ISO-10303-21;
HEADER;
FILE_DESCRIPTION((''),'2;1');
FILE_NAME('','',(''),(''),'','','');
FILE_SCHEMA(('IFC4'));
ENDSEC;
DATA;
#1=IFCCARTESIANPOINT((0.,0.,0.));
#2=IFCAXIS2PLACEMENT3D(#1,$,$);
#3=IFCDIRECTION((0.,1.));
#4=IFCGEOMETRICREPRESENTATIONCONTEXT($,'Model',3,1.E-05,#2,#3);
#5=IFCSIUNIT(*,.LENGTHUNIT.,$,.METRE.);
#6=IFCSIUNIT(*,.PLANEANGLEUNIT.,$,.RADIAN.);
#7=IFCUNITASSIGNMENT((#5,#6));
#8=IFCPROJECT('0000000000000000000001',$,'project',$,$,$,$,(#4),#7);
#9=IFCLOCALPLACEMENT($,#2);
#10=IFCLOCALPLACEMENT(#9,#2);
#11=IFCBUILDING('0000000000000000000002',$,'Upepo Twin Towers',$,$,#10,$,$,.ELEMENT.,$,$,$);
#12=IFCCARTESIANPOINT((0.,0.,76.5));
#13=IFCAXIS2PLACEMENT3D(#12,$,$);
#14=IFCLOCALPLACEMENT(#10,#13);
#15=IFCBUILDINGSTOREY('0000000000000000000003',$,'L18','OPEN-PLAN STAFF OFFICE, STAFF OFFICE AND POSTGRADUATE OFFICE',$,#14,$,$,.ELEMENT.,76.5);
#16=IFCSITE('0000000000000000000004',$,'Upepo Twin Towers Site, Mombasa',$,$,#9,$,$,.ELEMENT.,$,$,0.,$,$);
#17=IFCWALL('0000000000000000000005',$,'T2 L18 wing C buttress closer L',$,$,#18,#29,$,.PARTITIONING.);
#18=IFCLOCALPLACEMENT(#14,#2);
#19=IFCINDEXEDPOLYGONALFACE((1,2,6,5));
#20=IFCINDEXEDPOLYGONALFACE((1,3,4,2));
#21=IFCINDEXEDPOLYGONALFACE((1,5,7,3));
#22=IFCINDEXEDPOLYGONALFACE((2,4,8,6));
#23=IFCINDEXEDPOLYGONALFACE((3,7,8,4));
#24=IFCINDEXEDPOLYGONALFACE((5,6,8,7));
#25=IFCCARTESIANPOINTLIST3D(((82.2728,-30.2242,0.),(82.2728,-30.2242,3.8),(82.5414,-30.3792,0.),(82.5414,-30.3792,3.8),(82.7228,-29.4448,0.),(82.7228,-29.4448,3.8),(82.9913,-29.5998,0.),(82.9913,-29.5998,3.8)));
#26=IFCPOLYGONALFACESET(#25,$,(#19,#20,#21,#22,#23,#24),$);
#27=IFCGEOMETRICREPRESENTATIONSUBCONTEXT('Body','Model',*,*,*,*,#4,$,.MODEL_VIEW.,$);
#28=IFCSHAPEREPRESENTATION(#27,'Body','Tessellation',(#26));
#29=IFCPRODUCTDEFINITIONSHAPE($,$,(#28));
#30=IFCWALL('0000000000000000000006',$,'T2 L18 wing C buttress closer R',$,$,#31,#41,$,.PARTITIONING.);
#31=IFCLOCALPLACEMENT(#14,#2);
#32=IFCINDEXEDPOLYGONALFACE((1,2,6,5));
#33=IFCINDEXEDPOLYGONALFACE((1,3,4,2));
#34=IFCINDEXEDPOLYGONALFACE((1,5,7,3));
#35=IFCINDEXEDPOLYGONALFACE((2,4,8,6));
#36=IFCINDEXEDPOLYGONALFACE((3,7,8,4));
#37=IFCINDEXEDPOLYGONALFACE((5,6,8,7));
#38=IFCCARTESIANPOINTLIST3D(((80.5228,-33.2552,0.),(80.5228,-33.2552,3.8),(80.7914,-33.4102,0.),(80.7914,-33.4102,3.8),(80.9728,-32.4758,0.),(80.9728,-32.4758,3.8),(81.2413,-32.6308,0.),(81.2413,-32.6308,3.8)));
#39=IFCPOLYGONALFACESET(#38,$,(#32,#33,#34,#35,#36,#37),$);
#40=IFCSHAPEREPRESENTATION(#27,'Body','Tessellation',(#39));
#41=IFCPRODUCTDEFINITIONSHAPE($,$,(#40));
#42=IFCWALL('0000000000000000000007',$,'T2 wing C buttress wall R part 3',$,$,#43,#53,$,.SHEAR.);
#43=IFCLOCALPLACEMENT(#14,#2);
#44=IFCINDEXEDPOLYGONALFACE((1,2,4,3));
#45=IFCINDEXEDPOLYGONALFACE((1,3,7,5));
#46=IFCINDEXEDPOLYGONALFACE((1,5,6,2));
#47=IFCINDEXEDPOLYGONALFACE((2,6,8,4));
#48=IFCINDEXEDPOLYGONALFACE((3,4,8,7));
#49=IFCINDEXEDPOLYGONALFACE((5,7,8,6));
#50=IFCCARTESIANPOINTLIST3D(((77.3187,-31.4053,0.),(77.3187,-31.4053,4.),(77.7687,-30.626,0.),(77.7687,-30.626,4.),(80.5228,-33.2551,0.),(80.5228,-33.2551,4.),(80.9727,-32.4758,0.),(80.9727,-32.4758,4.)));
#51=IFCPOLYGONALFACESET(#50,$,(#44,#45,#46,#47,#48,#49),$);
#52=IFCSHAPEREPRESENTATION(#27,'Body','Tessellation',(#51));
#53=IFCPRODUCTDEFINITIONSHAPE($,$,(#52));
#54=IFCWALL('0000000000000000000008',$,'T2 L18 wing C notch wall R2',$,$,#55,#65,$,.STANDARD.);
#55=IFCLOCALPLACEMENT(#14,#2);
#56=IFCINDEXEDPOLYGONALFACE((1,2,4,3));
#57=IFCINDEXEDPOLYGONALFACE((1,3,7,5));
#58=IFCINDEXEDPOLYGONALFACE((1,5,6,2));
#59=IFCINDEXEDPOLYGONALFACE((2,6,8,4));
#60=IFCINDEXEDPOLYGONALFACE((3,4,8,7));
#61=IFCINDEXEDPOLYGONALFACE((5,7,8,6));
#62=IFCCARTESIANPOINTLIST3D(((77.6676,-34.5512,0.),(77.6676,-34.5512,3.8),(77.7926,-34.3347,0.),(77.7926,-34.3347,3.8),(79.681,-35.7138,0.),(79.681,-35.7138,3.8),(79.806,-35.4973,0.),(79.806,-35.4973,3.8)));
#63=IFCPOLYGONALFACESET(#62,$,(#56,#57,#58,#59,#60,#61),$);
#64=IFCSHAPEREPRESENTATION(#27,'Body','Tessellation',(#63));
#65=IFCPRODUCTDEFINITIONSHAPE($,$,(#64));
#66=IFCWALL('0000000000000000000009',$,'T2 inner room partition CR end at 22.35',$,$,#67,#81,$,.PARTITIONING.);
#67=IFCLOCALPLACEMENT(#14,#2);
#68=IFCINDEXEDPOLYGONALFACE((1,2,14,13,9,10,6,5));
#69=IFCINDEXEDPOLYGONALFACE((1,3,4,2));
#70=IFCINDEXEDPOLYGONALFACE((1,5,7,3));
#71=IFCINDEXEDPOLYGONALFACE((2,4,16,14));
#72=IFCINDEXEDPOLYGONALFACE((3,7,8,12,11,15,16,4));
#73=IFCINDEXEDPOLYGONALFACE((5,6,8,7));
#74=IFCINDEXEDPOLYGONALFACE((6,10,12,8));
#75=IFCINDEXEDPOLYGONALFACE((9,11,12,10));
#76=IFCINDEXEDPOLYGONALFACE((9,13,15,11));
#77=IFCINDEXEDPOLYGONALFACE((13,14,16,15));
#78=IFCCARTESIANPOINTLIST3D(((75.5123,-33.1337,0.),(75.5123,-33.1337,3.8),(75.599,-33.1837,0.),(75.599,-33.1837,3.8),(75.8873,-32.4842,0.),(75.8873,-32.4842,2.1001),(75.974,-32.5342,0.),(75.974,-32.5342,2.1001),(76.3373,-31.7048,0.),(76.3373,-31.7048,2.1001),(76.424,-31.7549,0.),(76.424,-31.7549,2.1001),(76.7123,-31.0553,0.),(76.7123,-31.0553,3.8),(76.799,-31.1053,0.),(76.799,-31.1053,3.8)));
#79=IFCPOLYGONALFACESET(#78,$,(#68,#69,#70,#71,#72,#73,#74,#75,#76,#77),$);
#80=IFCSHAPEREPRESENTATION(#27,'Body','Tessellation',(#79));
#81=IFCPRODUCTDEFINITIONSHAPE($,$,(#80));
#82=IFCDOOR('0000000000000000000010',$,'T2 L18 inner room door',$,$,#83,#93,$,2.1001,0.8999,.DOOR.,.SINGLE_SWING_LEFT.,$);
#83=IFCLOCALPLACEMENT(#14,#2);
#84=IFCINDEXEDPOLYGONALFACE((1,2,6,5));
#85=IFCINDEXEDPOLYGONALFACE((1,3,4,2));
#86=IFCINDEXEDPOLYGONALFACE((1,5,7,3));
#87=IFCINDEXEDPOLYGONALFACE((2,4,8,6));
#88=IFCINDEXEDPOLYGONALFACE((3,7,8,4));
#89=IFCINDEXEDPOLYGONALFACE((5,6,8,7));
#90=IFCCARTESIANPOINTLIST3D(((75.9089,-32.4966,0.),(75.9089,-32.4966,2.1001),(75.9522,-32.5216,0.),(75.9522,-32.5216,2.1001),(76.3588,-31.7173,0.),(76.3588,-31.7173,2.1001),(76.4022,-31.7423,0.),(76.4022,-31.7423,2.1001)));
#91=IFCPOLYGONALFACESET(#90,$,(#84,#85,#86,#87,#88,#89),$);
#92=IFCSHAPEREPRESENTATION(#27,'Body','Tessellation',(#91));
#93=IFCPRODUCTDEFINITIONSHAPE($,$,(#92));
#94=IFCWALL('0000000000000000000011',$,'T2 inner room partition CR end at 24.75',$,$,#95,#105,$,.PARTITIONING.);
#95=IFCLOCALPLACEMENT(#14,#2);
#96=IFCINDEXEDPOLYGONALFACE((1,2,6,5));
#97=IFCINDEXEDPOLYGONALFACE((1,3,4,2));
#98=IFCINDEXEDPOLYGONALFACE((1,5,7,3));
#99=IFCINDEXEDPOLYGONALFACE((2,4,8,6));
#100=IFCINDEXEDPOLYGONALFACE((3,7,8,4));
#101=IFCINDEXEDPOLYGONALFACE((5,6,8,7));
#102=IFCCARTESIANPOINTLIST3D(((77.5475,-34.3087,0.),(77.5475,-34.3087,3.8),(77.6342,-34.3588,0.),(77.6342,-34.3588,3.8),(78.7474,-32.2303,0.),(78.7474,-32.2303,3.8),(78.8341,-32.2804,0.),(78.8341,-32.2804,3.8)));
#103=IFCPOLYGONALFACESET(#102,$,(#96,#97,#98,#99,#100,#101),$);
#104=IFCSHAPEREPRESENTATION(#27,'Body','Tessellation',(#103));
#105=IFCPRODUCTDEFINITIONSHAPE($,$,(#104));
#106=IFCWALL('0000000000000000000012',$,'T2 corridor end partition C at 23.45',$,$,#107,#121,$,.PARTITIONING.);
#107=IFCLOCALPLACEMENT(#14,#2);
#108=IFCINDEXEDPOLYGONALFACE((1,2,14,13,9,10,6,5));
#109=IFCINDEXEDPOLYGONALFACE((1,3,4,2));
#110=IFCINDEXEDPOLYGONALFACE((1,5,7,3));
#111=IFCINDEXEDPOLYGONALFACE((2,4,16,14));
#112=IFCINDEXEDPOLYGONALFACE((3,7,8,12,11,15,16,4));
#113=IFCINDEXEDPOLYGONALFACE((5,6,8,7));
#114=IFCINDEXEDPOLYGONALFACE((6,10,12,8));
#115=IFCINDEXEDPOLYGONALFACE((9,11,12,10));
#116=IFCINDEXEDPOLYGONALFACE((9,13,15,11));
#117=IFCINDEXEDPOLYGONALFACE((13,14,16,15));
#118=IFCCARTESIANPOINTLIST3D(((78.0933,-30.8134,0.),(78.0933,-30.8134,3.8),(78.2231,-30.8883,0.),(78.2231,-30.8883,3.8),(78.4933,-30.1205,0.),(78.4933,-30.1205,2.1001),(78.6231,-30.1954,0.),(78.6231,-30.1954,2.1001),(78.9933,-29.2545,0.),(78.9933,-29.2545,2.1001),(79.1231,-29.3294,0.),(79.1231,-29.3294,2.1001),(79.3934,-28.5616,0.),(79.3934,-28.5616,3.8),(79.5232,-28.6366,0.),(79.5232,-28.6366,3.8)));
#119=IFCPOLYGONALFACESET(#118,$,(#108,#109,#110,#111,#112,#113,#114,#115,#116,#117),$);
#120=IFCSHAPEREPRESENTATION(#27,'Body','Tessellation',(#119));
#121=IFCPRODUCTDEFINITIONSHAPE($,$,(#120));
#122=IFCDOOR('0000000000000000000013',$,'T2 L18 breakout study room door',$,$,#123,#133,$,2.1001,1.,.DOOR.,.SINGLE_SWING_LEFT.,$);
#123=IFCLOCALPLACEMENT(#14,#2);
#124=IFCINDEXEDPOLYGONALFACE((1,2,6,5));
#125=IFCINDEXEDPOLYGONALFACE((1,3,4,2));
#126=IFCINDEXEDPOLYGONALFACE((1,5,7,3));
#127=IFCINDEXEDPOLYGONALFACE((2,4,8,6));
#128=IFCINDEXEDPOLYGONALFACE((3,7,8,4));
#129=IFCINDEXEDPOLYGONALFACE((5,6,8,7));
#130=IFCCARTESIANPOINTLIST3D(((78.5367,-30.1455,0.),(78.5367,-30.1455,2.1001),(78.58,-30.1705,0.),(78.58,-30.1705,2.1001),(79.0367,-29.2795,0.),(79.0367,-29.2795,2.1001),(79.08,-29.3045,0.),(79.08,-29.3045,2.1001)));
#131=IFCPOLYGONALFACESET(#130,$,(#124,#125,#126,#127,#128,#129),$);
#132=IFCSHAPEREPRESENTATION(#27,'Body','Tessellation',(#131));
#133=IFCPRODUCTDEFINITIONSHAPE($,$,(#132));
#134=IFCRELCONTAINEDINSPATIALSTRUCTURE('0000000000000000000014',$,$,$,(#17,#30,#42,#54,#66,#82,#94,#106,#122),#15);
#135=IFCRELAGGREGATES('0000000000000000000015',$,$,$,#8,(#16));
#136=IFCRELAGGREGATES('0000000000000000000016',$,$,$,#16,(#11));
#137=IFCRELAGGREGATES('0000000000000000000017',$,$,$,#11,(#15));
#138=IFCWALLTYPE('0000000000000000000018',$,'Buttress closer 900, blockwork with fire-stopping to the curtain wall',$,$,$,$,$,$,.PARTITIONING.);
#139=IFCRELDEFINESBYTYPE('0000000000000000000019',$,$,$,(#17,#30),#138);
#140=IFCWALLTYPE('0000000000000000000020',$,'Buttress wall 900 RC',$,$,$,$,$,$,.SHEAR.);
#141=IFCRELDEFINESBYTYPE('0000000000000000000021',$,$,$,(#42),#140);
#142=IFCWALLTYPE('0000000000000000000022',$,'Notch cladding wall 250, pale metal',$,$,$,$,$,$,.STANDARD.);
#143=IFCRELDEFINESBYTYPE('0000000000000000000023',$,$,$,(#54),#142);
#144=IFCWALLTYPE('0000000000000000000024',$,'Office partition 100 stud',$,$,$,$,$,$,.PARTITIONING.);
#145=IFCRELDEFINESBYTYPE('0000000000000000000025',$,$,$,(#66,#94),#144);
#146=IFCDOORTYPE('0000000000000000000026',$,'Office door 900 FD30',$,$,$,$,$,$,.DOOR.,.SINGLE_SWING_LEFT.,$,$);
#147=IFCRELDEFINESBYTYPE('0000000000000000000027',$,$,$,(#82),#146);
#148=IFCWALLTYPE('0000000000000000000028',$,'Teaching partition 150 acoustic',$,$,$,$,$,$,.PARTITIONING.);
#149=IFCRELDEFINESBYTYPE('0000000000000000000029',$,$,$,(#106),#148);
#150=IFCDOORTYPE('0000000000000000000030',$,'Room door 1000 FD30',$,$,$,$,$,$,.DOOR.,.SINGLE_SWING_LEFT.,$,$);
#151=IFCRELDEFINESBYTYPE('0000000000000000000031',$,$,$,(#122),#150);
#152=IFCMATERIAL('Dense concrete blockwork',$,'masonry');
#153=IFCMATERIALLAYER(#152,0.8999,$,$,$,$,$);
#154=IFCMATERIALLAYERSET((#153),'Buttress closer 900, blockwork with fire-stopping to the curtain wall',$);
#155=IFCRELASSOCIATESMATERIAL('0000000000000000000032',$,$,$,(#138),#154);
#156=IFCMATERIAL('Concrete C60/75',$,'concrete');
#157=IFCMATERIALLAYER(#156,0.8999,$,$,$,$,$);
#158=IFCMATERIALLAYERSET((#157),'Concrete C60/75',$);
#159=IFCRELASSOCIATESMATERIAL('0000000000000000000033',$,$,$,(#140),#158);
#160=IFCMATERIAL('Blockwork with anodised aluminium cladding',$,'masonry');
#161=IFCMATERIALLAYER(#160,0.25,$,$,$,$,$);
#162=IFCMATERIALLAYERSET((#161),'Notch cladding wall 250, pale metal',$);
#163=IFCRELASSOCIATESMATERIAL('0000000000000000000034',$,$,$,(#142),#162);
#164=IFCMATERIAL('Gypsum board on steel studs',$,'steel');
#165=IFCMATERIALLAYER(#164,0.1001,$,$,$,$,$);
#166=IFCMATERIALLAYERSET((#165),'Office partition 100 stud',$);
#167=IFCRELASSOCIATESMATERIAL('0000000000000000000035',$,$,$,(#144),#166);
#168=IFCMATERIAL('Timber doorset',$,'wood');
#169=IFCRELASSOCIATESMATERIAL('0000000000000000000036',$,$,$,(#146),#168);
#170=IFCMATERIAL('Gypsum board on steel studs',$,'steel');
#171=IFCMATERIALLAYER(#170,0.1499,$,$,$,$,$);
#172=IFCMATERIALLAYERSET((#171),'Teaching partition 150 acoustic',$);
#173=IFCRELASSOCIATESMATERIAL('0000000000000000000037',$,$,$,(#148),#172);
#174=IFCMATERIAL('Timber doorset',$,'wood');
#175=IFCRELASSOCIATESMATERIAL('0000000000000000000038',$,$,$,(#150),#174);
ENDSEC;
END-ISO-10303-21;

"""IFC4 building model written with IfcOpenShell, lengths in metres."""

from ifc_helpers import new_model, si_unit, direction, frame, frame_2d, origin, place, context, subcontext, project, spatial, rectangle, extrude, material, layer, layer_set, type_object, element, fill, save


model = new_model("IFC4")

# Units and contexts
model_context = context("Model", 3, precision=1e-05, world=origin(), true_north=direction((0.0, 1.0)))
body_context = subcontext(model_context, "Body", "Model", "MODEL_VIEW")
ifc_project = project(units=[si_unit("LENGTHUNIT", "METRE"), si_unit("PLANEANGLEUNIT", "RADIAN")], contexts=[model_context])

# Site, building, storey
site_placement = place(None, origin())
site = spatial("IfcSite", under=ifc_project, at=site_placement, Name="Upepo Twin Towers Site, Mombasa", CompositionType="ELEMENT", RefElevation=0.0)
building_placement = place(site_placement, origin())
building = spatial("IfcBuilding", under=site, at=building_placement, Name="Upepo Twin Towers", CompositionType="ELEMENT")
storey_placement = place(building_placement, frame((0.0, 0.0, 76.5)))
storey = spatial("IfcBuildingStorey", under=building, at=storey_placement, Name="L18", Description="OPEN-PLAN STAFF OFFICE, STAFF OFFICE AND POSTGRADUATE OFFICE", CompositionType="ELEMENT", Elevation=76.5)

# Walls
ifc_material_1 = material(Name="Dense concrete blockwork", Category="masonry")
ifc_layer_1 = layer(ifc_material_1, 0.8999)
ifc_layer_set_1 = layer_set([ifc_layer_1], Name="Buttress closer 900, blockwork with fire-stopping to the curtain wall")
wall_type_1 = type_object("IfcWallType", Name="Buttress closer 900, blockwork with fire-stopping to the curtain wall", PredefinedType="PARTITIONING", material=ifc_layer_set_1)
for number, where, z_axis, x_axis, name in (
    (1, (82.4978, -29.8345, 0.0), (0.0, 0.0, 1.0), (0.866054, -0.49995, 0.0), "T2 L18 wing C buttress closer L"),
    (2, (80.7478, -32.8655, 0.0), (0.0, 0.0, 1.0), (0.866054, -0.49995, 0.0), "T2 L18 wing C buttress closer R"),
):
    element("IfcWall", number, at=place(storey_placement, frame(where, z_axis=z_axis, x_axis=x_axis)), inside=storey, type_object=wall_type_1, Name=name, PredefinedType="PARTITIONING", context=body_context, shape_type="SweptSolid", body=[
        extrude(rectangle(XDim=0.3101, YDim=0.8999, at=frame_2d((0.155, 0.0))), origin(), (0.0, 0.0, 1.0), 3.8),
    ])
ifc_material_2 = material(Name="Concrete C60/75", Category="concrete")
ifc_layer_2 = layer(ifc_material_2, 0.8999)
ifc_layer_set_2 = layer_set([ifc_layer_2], Name="Concrete C60/75")
wall_type_2 = type_object("IfcWallType", Name="Buttress wall 900 RC", PredefinedType="SHEAR", material=ifc_layer_set_2)
wall_1_placement = place(storey_placement, frame((77.5437, -31.0156, 0.0), z_axis=(0.0, 0.0, 1.0), x_axis=(0.86603, -0.499993, 0.0)))
element("IfcWall", 3, at=wall_1_placement, inside=storey, type_object=wall_type_2, Name="T2 wing C buttress wall R part 3", PredefinedType="SHEAR", context=body_context, shape_type="SweptSolid", body=[
    extrude(rectangle(XDim=3.6997, YDim=0.8999, at=frame_2d((1.8499, 0.0))), origin(), (0.0, 0.0, 1.0), 4.0),
])
ifc_material_3 = material(Name="Blockwork with anodised aluminium cladding", Category="masonry")
ifc_layer_3 = layer(ifc_material_3, 0.25)
ifc_layer_set_3 = layer_set([ifc_layer_3], Name="Notch cladding wall 250, pale metal")
wall_type_3 = type_object("IfcWallType", Name="Notch cladding wall 250, pale metal", PredefinedType="STANDARD", material=ifc_layer_set_3)
wall_2_placement = place(storey_placement, frame((77.73, -34.4429, 0.0), z_axis=(0.0, 0.0, 1.0), x_axis=(0.865998, -0.500047, 0.0)))
element("IfcWall", 4, at=wall_2_placement, inside=storey, type_object=wall_type_3, Name="T2 L18 wing C notch wall R2", PredefinedType="STANDARD", context=body_context, shape_type="SweptSolid", body=[
    extrude(rectangle(XDim=2.325, YDim=0.25, at=frame_2d((1.1626, 0.0))), origin(), (0.0, 0.0, 1.0), 3.8),
])

# Wall, opening, door
ifc_material_4 = material(Name="Gypsum board on steel studs", Category="steel")
ifc_layer_4 = layer(ifc_material_4, 0.1001)
ifc_layer_set_4 = layer_set([ifc_layer_4], Name="Office partition 100 stud")
wall_type_4 = type_object("IfcWallType", Name="Office partition 100 stud", PredefinedType="PARTITIONING", material=ifc_layer_set_4)
wall_3_placement = place(storey_placement, frame((76.7556, -31.0803, 0.0), z_axis=(0.0, 0.0, 1.0), x_axis=(-0.500001, -0.866025, 0.0)))
wall_3 = element("IfcWall", 5, at=wall_3_placement, inside=storey, type_object=wall_type_4, Name="T2 inner room partition CR end at 22.35", PredefinedType="PARTITIONING", context=body_context, shape_type="SweptSolid", body=[
    extrude(rectangle(XDim=2.3999, YDim=0.1001, at=frame_2d((1.2, 0.0))), origin(), (0.0, 0.0, 1.0), 3.8),
])
opening_1_placement = place(wall_3_placement, frame((0.75, 0.0, 0.0)))
opening_1 = element("IfcOpeningElement", 6, at=opening_1_placement, cuts=wall_3, PredefinedType="OPENING", context=body_context, shape_type="SweptSolid", body=[
    extrude(rectangle(XDim=0.8999, YDim=2.1001, at=frame_2d((0.45, 1.05))), frame((0.0, 0.0601, 0.0), z_axis=(0.0, -1.0, 0.0), x_axis=(1.0, 0.0, 0.0)), (0.0, 0.0, 1.0), 0.1201),
])
ifc_material_5 = material(Name="Timber doorset", Category="wood")
door_type_1 = type_object("IfcDoorType", Name="Office door 900 FD30", OperationType="SINGLE_SWING_LEFT", PredefinedType="DOOR", material=ifc_material_5)
door_1_placement = place(opening_1_placement, origin())
door_1 = element("IfcDoor", 7, at=door_1_placement, inside=storey, type_object=door_type_1, Name="T2 L18 inner room door", OperationType="SINGLE_SWING_LEFT", OverallHeight=2.1001, OverallWidth=0.8999, PredefinedType="DOOR", context=body_context, shape_type="SweptSolid", body=[
    extrude(rectangle(XDim=0.8999, YDim=2.1001, at=frame_2d((0.45, 1.05))), frame((0.0, 0.0249, 0.0), z_axis=(0.0, -1.0, 0.0), x_axis=(1.0, 0.0, 0.0)), (0.0, 0.0, 1.0), 0.05),
])
fill(opening_1, door_1)

# Wall
wall_4_placement = place(storey_placement, frame((78.7908, -32.2554, 0.0), z_axis=(0.0, 0.0, 1.0), x_axis=(-0.500001, -0.866025, 0.0)))
element("IfcWall", 8, at=wall_4_placement, inside=storey, type_object=wall_type_4, Name="T2 inner room partition CR end at 24.75", PredefinedType="PARTITIONING", context=body_context, shape_type="SweptSolid", body=[
    extrude(rectangle(XDim=2.3999, YDim=0.1001, at=frame_2d((1.2, 0.0))), origin(), (0.0, 0.0, 1.0), 3.8),
])

# Wall, opening, door
ifc_material_6 = material(Name="Gypsum board on steel studs", Category="steel")
ifc_layer_5 = layer(ifc_material_6, 0.1499)
ifc_layer_set_5 = layer_set([ifc_layer_5], Name="Teaching partition 150 acoustic")
wall_type_5 = type_object("IfcWallType", Name="Teaching partition 150 acoustic", PredefinedType="PARTITIONING", material=ifc_layer_set_5)
wall_5_placement = place(storey_placement, frame((78.1582, -30.8508, 0.0), z_axis=(0.0, 0.0, 1.0), x_axis=(0.500007, 0.866021, 0.0)))
wall_5 = element("IfcWall", 9, at=wall_5_placement, inside=storey, type_object=wall_type_5, Name="T2 corridor end partition C at 23.45", PredefinedType="PARTITIONING", context=body_context, shape_type="SweptSolid", body=[
    extrude(rectangle(XDim=2.6001, YDim=0.1499, at=frame_2d((1.3, 0.0))), origin(), (0.0, 0.0, 1.0), 3.8),
])
opening_2_placement = place(wall_5_placement, frame((0.8, 0.0, 0.0)))
opening_2 = element("IfcOpeningElement", 10, at=opening_2_placement, cuts=wall_5, PredefinedType="OPENING", context=body_context, shape_type="SweptSolid", body=[
    extrude(rectangle(XDim=1.0, YDim=2.1001, at=frame_2d((0.5, 1.05))), frame((0.0, 0.085, 0.0), z_axis=(0.0, -1.0, 0.0), x_axis=(1.0, 0.0, 0.0)), (0.0, 0.0, 1.0), 0.1699),
])
ifc_material_7 = material(Name="Timber doorset", Category="wood")
door_type_2 = type_object("IfcDoorType", Name="Room door 1000 FD30", OperationType="SINGLE_SWING_LEFT", PredefinedType="DOOR", material=ifc_material_7)
door_2_placement = place(opening_2_placement, origin())
door_2 = element("IfcDoor", 11, at=door_2_placement, inside=storey, type_object=door_type_2, Name="T2 L18 breakout study room door", OperationType="SINGLE_SWING_LEFT", OverallHeight=2.1001, OverallWidth=1.0, PredefinedType="DOOR", context=body_context, shape_type="SweptSolid", body=[
    extrude(rectangle(XDim=1.0, YDim=2.1001, at=frame_2d((0.5, 1.05))), frame((0.0, 0.0249, 0.0), z_axis=(0.0, -1.0, 0.0), x_axis=(1.0, 0.0, 0.0)), (0.0, 0.0, 1.0), 0.05),
])
fill(opening_2, door_2)

save(model, "model.ifc")
